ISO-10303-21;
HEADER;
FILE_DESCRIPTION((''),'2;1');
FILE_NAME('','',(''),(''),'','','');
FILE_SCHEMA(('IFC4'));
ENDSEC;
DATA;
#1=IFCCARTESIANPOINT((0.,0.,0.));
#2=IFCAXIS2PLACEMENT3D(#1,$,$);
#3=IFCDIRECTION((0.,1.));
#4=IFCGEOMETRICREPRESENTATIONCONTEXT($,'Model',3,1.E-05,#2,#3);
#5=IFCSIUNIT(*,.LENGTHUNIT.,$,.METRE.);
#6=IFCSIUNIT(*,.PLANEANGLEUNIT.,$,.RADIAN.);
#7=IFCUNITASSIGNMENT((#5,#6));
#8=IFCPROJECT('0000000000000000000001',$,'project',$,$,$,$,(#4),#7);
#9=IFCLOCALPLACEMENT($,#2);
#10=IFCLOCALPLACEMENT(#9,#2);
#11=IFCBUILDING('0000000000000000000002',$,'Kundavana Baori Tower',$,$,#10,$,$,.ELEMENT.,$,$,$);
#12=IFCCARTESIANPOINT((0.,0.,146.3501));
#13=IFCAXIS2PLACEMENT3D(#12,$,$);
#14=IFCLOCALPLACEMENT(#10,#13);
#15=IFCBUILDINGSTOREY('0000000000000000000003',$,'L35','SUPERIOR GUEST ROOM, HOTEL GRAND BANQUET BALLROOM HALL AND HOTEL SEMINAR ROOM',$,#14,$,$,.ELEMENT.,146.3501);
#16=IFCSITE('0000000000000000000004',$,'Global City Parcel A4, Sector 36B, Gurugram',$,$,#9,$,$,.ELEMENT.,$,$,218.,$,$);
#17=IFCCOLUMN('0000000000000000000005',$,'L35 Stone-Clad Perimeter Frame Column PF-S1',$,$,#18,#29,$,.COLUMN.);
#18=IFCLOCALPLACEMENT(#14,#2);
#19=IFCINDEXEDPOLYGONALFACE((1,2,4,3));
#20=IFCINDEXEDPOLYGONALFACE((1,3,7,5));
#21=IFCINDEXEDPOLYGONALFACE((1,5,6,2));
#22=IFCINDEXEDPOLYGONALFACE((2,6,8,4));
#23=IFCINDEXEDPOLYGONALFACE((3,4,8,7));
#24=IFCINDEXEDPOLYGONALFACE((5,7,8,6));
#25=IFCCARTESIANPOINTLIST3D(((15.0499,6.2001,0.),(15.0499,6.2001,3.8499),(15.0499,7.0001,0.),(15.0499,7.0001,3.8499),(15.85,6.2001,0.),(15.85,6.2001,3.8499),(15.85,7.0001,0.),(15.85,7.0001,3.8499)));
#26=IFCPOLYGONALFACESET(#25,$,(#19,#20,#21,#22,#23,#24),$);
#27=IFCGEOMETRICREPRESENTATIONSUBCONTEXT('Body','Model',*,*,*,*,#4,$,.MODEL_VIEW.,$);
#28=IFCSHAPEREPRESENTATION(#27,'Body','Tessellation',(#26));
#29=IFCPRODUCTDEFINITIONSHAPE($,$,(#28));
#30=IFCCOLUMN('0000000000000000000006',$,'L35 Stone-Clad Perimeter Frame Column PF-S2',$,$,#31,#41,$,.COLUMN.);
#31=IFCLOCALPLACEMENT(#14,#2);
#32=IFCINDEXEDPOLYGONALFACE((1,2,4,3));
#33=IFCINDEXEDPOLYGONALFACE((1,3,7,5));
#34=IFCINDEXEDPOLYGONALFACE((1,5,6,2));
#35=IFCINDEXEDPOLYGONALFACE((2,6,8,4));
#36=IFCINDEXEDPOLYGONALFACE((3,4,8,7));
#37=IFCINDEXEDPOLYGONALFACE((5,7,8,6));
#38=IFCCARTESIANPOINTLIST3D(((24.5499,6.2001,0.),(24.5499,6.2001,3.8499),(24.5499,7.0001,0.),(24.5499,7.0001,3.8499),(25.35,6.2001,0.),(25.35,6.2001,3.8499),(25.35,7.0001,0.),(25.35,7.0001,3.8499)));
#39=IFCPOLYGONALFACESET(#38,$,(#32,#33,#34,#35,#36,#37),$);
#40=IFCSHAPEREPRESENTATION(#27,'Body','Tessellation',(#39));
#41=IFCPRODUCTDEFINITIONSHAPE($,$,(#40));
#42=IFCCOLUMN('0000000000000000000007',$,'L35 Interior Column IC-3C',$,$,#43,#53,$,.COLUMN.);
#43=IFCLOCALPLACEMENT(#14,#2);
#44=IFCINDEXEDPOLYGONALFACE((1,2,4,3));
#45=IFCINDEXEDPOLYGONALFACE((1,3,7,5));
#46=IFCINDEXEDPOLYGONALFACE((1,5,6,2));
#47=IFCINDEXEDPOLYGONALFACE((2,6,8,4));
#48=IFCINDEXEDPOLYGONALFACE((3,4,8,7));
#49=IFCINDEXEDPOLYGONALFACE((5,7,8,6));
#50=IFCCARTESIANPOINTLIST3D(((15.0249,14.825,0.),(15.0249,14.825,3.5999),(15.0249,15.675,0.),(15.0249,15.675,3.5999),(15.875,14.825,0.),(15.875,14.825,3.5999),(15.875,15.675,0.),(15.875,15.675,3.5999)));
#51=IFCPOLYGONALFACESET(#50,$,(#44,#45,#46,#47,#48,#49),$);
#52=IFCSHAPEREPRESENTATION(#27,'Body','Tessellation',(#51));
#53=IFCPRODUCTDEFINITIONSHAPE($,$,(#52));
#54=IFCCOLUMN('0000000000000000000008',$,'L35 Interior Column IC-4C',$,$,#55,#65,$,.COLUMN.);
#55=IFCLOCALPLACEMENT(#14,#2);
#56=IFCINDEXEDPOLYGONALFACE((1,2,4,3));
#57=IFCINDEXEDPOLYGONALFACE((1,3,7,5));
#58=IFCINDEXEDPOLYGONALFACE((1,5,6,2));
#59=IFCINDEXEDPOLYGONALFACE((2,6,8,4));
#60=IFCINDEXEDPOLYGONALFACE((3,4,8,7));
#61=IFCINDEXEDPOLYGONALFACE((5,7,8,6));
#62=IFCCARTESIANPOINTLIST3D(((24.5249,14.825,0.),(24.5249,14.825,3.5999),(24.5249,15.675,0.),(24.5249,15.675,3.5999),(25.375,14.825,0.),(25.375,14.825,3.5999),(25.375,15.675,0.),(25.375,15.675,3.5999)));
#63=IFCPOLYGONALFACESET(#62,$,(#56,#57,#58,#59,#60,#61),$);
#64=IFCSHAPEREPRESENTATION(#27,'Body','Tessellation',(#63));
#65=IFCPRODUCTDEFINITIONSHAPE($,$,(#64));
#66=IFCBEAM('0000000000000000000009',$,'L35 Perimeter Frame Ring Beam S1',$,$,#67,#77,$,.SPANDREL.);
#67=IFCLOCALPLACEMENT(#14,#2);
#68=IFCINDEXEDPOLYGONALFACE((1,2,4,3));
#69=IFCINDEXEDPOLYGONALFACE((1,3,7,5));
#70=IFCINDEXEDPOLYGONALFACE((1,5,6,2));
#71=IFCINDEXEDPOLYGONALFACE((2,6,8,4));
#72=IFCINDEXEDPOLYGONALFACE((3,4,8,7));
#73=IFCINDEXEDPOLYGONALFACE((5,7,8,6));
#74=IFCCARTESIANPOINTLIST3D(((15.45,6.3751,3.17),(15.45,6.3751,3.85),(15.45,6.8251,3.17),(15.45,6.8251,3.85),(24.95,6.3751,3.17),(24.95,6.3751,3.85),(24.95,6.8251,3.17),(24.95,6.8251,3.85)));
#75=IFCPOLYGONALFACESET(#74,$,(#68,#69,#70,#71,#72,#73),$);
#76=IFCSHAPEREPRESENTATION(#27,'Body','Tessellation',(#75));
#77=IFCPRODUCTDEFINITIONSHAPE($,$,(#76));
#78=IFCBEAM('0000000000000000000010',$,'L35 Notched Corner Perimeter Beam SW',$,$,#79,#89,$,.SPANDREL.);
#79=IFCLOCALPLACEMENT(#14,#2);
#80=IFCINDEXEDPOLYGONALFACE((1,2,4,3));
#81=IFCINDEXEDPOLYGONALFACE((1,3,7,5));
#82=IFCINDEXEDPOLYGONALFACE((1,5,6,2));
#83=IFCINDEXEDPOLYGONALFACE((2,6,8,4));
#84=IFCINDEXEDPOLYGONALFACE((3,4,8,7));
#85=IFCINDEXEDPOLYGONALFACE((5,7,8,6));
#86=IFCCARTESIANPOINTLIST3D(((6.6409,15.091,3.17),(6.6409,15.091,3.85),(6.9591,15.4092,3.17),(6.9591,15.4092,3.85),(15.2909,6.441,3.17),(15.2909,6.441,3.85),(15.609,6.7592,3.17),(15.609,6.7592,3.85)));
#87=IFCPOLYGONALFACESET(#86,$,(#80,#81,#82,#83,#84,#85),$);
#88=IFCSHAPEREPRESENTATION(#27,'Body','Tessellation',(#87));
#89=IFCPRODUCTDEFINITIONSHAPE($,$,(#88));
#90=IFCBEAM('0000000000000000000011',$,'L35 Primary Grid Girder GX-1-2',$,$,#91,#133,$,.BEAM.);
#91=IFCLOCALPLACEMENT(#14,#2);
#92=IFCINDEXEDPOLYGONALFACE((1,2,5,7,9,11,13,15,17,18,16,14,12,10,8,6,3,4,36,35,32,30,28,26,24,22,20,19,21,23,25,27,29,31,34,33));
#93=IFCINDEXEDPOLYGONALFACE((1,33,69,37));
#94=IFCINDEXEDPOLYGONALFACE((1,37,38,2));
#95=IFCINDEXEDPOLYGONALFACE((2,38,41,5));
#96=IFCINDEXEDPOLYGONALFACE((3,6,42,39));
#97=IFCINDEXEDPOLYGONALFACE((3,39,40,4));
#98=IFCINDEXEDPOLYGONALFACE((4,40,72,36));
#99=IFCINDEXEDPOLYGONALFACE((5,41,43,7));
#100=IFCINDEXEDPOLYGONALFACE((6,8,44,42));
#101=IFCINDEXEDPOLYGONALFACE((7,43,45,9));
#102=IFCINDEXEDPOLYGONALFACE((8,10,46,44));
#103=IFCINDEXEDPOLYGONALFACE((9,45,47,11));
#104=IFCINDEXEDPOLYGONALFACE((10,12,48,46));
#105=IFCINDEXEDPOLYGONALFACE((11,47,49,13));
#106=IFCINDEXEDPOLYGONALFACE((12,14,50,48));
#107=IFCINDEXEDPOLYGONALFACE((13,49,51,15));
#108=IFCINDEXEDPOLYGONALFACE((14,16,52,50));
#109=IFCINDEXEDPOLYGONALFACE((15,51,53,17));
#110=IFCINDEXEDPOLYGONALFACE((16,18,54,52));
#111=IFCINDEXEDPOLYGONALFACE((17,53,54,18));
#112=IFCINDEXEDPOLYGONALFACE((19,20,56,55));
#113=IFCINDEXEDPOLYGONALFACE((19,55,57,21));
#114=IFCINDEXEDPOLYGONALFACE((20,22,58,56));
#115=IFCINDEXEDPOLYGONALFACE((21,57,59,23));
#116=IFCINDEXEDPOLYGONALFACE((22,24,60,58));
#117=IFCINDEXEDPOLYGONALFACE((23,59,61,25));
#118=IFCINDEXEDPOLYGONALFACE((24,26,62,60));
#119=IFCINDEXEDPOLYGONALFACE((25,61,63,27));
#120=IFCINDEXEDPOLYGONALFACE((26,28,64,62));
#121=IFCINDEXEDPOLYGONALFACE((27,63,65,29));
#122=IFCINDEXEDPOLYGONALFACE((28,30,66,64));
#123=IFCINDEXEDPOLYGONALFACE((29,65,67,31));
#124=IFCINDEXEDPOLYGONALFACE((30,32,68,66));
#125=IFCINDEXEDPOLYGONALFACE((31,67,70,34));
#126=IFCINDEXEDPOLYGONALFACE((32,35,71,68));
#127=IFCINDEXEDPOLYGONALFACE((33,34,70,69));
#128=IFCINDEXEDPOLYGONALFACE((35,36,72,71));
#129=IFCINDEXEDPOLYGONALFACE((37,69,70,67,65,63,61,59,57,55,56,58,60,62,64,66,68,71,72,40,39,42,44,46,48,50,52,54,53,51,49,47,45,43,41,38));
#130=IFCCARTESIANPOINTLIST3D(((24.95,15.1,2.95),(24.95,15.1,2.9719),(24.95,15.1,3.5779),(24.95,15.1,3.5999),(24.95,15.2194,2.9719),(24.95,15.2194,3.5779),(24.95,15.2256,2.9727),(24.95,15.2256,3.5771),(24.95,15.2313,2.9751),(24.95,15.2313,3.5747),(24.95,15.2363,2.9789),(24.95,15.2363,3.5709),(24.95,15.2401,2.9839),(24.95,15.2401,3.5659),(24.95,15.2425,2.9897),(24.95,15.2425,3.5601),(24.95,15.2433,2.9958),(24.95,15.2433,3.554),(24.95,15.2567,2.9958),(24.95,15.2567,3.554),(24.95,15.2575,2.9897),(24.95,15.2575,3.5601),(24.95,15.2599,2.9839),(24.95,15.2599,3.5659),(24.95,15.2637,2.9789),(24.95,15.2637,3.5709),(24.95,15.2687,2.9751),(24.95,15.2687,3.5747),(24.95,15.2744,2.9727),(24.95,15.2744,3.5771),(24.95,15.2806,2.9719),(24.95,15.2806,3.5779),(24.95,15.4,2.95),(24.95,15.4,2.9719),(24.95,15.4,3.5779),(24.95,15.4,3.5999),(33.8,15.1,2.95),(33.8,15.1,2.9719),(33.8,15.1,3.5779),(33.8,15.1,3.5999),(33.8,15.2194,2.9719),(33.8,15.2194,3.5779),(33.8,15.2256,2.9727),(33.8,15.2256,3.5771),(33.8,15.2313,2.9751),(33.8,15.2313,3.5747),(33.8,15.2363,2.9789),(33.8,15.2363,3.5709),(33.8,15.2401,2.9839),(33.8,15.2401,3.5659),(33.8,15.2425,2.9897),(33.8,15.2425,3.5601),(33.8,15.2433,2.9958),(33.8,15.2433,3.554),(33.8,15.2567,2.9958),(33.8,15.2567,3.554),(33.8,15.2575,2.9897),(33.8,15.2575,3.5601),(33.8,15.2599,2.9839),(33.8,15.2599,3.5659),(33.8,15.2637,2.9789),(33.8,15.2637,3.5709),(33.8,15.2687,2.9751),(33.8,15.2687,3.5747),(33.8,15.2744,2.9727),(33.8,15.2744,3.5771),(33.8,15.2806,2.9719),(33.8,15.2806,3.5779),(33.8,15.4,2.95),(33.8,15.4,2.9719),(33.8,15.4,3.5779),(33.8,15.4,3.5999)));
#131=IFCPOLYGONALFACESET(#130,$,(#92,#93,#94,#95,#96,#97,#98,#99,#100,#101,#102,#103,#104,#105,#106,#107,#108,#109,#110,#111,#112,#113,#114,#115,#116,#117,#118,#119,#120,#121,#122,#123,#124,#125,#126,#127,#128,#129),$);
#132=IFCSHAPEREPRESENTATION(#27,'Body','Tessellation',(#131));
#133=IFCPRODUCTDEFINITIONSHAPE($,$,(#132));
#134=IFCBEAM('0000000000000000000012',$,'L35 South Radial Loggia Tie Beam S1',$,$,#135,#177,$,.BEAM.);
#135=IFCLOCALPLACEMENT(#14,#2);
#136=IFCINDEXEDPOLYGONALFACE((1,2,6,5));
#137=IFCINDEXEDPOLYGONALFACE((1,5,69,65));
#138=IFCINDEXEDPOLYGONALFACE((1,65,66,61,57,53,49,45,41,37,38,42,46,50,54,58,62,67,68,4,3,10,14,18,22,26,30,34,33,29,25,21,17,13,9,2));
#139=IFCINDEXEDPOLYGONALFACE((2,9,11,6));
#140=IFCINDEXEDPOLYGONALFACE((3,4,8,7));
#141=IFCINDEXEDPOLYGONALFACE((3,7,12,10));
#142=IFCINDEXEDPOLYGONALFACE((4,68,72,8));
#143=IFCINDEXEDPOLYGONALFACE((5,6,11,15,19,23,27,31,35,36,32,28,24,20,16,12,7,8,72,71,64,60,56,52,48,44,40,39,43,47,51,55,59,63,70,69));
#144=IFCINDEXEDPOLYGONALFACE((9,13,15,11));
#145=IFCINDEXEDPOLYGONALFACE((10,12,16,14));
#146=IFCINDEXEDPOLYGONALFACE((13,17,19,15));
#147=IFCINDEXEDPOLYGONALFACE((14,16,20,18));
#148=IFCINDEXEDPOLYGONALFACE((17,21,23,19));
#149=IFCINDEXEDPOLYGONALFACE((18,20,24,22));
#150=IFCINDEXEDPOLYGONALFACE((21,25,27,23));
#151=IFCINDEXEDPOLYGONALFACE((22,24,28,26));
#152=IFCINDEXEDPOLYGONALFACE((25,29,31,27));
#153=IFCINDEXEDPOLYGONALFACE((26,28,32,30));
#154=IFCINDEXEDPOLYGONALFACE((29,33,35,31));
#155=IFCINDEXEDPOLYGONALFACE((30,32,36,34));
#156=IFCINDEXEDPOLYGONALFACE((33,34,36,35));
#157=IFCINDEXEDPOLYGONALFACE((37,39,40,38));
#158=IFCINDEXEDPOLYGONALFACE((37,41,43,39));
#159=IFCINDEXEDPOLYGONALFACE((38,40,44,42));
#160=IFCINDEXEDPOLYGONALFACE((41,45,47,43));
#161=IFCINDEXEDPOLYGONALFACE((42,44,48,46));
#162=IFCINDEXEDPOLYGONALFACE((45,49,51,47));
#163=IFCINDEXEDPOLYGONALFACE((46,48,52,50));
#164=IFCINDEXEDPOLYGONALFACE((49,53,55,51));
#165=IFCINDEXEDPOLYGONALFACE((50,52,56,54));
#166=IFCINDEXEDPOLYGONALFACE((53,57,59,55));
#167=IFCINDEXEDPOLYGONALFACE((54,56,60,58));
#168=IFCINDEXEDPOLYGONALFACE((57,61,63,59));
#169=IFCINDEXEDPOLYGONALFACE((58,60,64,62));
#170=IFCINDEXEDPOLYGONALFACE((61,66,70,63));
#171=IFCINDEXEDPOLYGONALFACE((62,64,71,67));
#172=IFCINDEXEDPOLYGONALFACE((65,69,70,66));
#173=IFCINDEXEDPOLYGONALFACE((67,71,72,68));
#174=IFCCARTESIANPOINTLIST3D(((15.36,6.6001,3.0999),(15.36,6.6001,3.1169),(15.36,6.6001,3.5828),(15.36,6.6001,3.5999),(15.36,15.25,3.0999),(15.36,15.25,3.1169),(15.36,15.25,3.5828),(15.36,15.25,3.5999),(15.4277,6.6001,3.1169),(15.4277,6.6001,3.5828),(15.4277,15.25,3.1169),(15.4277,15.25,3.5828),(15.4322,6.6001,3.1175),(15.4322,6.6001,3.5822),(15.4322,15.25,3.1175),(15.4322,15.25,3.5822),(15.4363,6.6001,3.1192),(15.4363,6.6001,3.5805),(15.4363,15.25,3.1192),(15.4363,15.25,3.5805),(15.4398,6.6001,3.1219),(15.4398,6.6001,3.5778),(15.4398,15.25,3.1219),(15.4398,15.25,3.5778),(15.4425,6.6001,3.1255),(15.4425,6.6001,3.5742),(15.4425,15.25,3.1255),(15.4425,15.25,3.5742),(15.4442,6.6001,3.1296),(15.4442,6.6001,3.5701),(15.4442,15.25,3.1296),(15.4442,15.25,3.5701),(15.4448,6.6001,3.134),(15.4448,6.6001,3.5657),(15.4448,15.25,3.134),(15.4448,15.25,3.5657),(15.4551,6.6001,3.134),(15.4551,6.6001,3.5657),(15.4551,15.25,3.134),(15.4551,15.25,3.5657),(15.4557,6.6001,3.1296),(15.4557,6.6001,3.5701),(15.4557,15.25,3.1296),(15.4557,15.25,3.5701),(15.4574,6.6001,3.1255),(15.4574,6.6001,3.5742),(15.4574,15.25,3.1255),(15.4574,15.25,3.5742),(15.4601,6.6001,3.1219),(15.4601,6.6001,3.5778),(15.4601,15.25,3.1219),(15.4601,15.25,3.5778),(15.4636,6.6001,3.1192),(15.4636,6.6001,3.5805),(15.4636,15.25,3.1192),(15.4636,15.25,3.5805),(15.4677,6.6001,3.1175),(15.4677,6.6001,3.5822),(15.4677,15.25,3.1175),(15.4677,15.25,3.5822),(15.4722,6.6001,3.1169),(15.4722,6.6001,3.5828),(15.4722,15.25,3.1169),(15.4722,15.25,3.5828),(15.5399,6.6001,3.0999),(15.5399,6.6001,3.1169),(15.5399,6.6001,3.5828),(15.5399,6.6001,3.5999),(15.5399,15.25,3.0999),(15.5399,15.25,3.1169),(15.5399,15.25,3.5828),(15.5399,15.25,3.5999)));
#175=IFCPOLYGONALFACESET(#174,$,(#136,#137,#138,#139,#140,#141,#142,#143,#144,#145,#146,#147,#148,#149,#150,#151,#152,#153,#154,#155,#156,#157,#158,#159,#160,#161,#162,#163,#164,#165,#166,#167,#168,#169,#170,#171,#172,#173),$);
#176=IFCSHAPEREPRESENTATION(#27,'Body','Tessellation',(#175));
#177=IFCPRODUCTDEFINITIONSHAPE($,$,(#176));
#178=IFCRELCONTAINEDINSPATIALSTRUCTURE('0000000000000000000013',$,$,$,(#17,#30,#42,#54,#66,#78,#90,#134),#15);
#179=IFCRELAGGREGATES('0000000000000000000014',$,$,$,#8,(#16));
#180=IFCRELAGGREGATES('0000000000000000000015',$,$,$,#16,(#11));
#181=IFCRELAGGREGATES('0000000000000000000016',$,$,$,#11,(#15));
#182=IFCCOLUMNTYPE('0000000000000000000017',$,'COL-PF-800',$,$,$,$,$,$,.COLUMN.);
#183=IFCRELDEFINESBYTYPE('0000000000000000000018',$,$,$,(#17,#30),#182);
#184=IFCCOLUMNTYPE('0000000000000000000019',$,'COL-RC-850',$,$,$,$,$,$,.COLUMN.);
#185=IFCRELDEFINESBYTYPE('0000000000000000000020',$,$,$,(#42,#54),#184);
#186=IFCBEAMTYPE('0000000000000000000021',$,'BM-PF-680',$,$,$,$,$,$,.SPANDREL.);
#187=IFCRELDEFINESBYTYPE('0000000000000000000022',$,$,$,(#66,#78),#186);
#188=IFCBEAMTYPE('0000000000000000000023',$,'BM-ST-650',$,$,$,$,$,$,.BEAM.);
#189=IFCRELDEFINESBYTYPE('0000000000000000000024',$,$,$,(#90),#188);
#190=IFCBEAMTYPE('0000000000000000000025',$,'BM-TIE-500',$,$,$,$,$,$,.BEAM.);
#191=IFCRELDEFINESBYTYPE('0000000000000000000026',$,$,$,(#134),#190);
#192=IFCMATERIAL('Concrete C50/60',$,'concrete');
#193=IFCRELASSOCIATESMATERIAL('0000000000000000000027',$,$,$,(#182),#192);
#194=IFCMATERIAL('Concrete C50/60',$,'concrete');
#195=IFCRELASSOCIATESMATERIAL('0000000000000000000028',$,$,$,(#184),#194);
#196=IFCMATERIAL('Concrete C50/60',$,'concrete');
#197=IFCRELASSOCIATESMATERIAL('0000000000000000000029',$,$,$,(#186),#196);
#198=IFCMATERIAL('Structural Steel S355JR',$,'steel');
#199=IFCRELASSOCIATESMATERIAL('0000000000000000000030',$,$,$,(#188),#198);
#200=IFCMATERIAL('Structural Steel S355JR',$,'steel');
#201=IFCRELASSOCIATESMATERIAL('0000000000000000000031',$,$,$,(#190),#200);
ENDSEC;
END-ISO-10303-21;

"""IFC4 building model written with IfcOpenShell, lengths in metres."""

from ifc_helpers import new_model, si_unit, direction, frame, origin, origin_2d, place, context, subcontext, project, spatial, rectangle, i_section, extrude, material, material_profile, profile_set, type_object, element, save


model = new_model("IFC4")

# Units and contexts
model_context = context("Model", 3, precision=1e-05, world=origin(), true_north=direction((0.0, 1.0)))
body_context = subcontext(model_context, "Body", "Model", "MODEL_VIEW")
ifc_project = project(units=[si_unit("LENGTHUNIT", "METRE"), si_unit("PLANEANGLEUNIT", "RADIAN")], contexts=[model_context])

# Site, building, storey
site_placement = place(None, origin())
site = spatial("IfcSite", under=ifc_project, at=site_placement, Name="Global City Parcel A4, Sector 36B, Gurugram", CompositionType="ELEMENT", RefElevation=218.0)
building_placement = place(site_placement, origin())
building = spatial("IfcBuilding", under=site, at=building_placement, Name="Kundavana Baori Tower", CompositionType="ELEMENT")
storey_placement = place(building_placement, frame((0.0, 0.0, 146.3501)))
storey = spatial("IfcBuildingStorey", under=building, at=storey_placement, Name="L35", Description="SUPERIOR GUEST ROOM, HOTEL GRAND BANQUET BALLROOM HALL AND HOTEL SEMINAR ROOM", CompositionType="ELEMENT", Elevation=146.3501)

# Columns
ifc_material_1 = material(Name="Concrete C50/60", Category="concrete")
ifc_material_profile_1 = material_profile(ifc_material_1, rectangle(XDim=0.8, YDim=0.8, at=origin_2d()), Name="RC PF 800x800")
ifc_profile_set_1 = profile_set([ifc_material_profile_1], Name="Concrete C50/60")
column_type_1 = type_object("IfcColumnType", Name="COL-PF-800", PredefinedType="COLUMN", material=ifc_profile_set_1)
for number, where, z_axis, x_axis, name in (
    (1, (15.45, 6.6001, 0.0), (0.0, 0.0, 1.0), (1.0, 0.0, 0.0), "L35 Stone-Clad Perimeter Frame Column PF-S1"),
    (2, (24.95, 6.6001, 0.0), (0.0, 0.0, 1.0), (1.0, 0.0, 0.0), "L35 Stone-Clad Perimeter Frame Column PF-S2"),
):
    element("IfcColumn", number, at=place(storey_placement, frame(where, z_axis=z_axis, x_axis=x_axis)), inside=storey, type_object=column_type_1, Name=name, PredefinedType="COLUMN", context=body_context, shape_type="SweptSolid", body=[
        extrude(rectangle(XDim=0.8, YDim=0.8, at=origin_2d()), origin(), (0.0, 0.0, 1.0), 3.8499),
    ])
ifc_material_2 = material(Name="Concrete C50/60", Category="concrete")
ifc_material_profile_2 = material_profile(ifc_material_2, rectangle(XDim=0.8501, YDim=0.8501, at=origin_2d()), Name="RC 850x850")
ifc_profile_set_2 = profile_set([ifc_material_profile_2], Name="Concrete C50/60")
column_type_2 = type_object("IfcColumnType", Name="COL-RC-850", PredefinedType="COLUMN", material=ifc_profile_set_2)
for number, where, z_axis, x_axis, name in (
    (3, (15.45, 15.25, 0.0), (0.0, 0.0, 1.0), (1.0, 0.0, 0.0), "L35 Interior Column IC-3C"),
    (4, (24.95, 15.25, 0.0), (0.0, 0.0, 1.0), (1.0, 0.0, 0.0), "L35 Interior Column IC-4C"),
):
    element("IfcColumn", number, at=place(storey_placement, frame(where, z_axis=z_axis, x_axis=x_axis)), inside=storey, type_object=column_type_2, Name=name, PredefinedType="COLUMN", context=body_context, shape_type="SweptSolid", body=[
        extrude(rectangle(XDim=0.8501, YDim=0.8501, at=origin_2d()), origin(), (0.0, 0.0, 1.0), 3.5999),
    ])

# Beams
ifc_material_3 = material(Name="Concrete C50/60", Category="concrete")
ifc_material_profile_3 = material_profile(ifc_material_3, rectangle(XDim=0.45, YDim=0.6799, at=origin_2d()), Name="RC BM 450x680")
ifc_profile_set_3 = profile_set([ifc_material_profile_3], Name="Concrete C50/60")
beam_type_1 = type_object("IfcBeamType", Name="BM-PF-680", PredefinedType="SPANDREL", material=ifc_profile_set_3)
beam_1_placement = place(storey_placement, frame((15.45, 6.6001, 3.51), z_axis=(1.0, 0.0, 0.0), x_axis=(0.0, 1.0, 0.0)))
element("IfcBeam", 5, at=beam_1_placement, inside=storey, type_object=beam_type_1, Name="L35 Perimeter Frame Ring Beam S1", PredefinedType="SPANDREL", context=body_context, shape_type="SweptSolid", body=[
    extrude(rectangle(XDim=0.45, YDim=0.6799, at=origin_2d()), origin(), (0.0, 0.0, 1.0), 9.5),
])
beam_2_placement = place(storey_placement, frame((15.45, 6.6001, 3.51), z_axis=(-0.707107, 0.707107, 0.0), x_axis=(-0.707107, -0.707107, 0.0)))
element("IfcBeam", 6, at=beam_2_placement, inside=storey, type_object=beam_type_1, Name="L35 Notched Corner Perimeter Beam SW", PredefinedType="SPANDREL", context=body_context, shape_type="SweptSolid", body=[
    extrude(rectangle(XDim=0.45, YDim=0.6799, at=origin_2d()), origin(), (0.0, 0.0, 1.0), 12.2329),
])
ifc_material_4 = material(Name="Structural Steel S355JR", Category="steel")
ifc_material_profile_4 = material_profile(ifc_material_4, i_section(OverallWidth=0.3, OverallDepth=0.6499, WebThickness=0.0134, FlangeThickness=0.022, FilletRadius=0.0239, at=origin_2d()), Name="NPB 650x300x155")
ifc_profile_set_4 = profile_set([ifc_material_profile_4], Name="Structural Steel S355JR")
beam_type_2 = type_object("IfcBeamType", Name="BM-ST-650", PredefinedType="BEAM", material=ifc_profile_set_4)
beam_3_placement = place(storey_placement, frame((24.95, 15.25, 3.2749), z_axis=(1.0, 0.0, 0.0), x_axis=(0.0, 1.0, 0.0)))
element("IfcBeam", 7, at=beam_3_placement, inside=storey, type_object=beam_type_2, Name="L35 Primary Grid Girder GX-1-2", PredefinedType="BEAM", context=body_context, shape_type="SweptSolid", body=[
    extrude(i_section(OverallWidth=0.3, OverallDepth=0.6499, WebThickness=0.0134, FlangeThickness=0.022, FilletRadius=0.0239, at=origin_2d()), origin(), (0.0, 0.0, 1.0), 8.8501),
])
ifc_material_5 = material(Name="Structural Steel S355JR", Category="steel")
ifc_material_profile_5 = material_profile(ifc_material_5, i_section(OverallWidth=0.1799, OverallDepth=0.5, WebThickness=0.0103, FlangeThickness=0.0171, FilletRadius=0.0171, at=origin_2d()), Name="ISMB 500")
ifc_profile_set_5 = profile_set([ifc_material_profile_5], Name="Structural Steel S355JR")
beam_type_3 = type_object("IfcBeamType", Name="BM-TIE-500", PredefinedType="BEAM", material=ifc_profile_set_5)
for number, where, z_axis, x_axis, name in (
    (8, (15.45, 15.25, 3.3499), (0.0, -1.0, 0.0), (1.0, 0.0, 0.0), "L35 South Radial Loggia Tie Beam S1"),
):
    element("IfcBeam", number, at=place(storey_placement, frame(where, z_axis=z_axis, x_axis=x_axis)), inside=storey, type_object=beam_type_3, Name=name, PredefinedType="BEAM", context=body_context, shape_type="SweptSolid", body=[
        extrude(i_section(OverallWidth=0.1799, OverallDepth=0.5, WebThickness=0.0103, FlangeThickness=0.0171, FilletRadius=0.0171, at=origin_2d()), origin(), (0.0, 0.0, 1.0), 8.6499),
    ])

save(model, "model.ifc")
